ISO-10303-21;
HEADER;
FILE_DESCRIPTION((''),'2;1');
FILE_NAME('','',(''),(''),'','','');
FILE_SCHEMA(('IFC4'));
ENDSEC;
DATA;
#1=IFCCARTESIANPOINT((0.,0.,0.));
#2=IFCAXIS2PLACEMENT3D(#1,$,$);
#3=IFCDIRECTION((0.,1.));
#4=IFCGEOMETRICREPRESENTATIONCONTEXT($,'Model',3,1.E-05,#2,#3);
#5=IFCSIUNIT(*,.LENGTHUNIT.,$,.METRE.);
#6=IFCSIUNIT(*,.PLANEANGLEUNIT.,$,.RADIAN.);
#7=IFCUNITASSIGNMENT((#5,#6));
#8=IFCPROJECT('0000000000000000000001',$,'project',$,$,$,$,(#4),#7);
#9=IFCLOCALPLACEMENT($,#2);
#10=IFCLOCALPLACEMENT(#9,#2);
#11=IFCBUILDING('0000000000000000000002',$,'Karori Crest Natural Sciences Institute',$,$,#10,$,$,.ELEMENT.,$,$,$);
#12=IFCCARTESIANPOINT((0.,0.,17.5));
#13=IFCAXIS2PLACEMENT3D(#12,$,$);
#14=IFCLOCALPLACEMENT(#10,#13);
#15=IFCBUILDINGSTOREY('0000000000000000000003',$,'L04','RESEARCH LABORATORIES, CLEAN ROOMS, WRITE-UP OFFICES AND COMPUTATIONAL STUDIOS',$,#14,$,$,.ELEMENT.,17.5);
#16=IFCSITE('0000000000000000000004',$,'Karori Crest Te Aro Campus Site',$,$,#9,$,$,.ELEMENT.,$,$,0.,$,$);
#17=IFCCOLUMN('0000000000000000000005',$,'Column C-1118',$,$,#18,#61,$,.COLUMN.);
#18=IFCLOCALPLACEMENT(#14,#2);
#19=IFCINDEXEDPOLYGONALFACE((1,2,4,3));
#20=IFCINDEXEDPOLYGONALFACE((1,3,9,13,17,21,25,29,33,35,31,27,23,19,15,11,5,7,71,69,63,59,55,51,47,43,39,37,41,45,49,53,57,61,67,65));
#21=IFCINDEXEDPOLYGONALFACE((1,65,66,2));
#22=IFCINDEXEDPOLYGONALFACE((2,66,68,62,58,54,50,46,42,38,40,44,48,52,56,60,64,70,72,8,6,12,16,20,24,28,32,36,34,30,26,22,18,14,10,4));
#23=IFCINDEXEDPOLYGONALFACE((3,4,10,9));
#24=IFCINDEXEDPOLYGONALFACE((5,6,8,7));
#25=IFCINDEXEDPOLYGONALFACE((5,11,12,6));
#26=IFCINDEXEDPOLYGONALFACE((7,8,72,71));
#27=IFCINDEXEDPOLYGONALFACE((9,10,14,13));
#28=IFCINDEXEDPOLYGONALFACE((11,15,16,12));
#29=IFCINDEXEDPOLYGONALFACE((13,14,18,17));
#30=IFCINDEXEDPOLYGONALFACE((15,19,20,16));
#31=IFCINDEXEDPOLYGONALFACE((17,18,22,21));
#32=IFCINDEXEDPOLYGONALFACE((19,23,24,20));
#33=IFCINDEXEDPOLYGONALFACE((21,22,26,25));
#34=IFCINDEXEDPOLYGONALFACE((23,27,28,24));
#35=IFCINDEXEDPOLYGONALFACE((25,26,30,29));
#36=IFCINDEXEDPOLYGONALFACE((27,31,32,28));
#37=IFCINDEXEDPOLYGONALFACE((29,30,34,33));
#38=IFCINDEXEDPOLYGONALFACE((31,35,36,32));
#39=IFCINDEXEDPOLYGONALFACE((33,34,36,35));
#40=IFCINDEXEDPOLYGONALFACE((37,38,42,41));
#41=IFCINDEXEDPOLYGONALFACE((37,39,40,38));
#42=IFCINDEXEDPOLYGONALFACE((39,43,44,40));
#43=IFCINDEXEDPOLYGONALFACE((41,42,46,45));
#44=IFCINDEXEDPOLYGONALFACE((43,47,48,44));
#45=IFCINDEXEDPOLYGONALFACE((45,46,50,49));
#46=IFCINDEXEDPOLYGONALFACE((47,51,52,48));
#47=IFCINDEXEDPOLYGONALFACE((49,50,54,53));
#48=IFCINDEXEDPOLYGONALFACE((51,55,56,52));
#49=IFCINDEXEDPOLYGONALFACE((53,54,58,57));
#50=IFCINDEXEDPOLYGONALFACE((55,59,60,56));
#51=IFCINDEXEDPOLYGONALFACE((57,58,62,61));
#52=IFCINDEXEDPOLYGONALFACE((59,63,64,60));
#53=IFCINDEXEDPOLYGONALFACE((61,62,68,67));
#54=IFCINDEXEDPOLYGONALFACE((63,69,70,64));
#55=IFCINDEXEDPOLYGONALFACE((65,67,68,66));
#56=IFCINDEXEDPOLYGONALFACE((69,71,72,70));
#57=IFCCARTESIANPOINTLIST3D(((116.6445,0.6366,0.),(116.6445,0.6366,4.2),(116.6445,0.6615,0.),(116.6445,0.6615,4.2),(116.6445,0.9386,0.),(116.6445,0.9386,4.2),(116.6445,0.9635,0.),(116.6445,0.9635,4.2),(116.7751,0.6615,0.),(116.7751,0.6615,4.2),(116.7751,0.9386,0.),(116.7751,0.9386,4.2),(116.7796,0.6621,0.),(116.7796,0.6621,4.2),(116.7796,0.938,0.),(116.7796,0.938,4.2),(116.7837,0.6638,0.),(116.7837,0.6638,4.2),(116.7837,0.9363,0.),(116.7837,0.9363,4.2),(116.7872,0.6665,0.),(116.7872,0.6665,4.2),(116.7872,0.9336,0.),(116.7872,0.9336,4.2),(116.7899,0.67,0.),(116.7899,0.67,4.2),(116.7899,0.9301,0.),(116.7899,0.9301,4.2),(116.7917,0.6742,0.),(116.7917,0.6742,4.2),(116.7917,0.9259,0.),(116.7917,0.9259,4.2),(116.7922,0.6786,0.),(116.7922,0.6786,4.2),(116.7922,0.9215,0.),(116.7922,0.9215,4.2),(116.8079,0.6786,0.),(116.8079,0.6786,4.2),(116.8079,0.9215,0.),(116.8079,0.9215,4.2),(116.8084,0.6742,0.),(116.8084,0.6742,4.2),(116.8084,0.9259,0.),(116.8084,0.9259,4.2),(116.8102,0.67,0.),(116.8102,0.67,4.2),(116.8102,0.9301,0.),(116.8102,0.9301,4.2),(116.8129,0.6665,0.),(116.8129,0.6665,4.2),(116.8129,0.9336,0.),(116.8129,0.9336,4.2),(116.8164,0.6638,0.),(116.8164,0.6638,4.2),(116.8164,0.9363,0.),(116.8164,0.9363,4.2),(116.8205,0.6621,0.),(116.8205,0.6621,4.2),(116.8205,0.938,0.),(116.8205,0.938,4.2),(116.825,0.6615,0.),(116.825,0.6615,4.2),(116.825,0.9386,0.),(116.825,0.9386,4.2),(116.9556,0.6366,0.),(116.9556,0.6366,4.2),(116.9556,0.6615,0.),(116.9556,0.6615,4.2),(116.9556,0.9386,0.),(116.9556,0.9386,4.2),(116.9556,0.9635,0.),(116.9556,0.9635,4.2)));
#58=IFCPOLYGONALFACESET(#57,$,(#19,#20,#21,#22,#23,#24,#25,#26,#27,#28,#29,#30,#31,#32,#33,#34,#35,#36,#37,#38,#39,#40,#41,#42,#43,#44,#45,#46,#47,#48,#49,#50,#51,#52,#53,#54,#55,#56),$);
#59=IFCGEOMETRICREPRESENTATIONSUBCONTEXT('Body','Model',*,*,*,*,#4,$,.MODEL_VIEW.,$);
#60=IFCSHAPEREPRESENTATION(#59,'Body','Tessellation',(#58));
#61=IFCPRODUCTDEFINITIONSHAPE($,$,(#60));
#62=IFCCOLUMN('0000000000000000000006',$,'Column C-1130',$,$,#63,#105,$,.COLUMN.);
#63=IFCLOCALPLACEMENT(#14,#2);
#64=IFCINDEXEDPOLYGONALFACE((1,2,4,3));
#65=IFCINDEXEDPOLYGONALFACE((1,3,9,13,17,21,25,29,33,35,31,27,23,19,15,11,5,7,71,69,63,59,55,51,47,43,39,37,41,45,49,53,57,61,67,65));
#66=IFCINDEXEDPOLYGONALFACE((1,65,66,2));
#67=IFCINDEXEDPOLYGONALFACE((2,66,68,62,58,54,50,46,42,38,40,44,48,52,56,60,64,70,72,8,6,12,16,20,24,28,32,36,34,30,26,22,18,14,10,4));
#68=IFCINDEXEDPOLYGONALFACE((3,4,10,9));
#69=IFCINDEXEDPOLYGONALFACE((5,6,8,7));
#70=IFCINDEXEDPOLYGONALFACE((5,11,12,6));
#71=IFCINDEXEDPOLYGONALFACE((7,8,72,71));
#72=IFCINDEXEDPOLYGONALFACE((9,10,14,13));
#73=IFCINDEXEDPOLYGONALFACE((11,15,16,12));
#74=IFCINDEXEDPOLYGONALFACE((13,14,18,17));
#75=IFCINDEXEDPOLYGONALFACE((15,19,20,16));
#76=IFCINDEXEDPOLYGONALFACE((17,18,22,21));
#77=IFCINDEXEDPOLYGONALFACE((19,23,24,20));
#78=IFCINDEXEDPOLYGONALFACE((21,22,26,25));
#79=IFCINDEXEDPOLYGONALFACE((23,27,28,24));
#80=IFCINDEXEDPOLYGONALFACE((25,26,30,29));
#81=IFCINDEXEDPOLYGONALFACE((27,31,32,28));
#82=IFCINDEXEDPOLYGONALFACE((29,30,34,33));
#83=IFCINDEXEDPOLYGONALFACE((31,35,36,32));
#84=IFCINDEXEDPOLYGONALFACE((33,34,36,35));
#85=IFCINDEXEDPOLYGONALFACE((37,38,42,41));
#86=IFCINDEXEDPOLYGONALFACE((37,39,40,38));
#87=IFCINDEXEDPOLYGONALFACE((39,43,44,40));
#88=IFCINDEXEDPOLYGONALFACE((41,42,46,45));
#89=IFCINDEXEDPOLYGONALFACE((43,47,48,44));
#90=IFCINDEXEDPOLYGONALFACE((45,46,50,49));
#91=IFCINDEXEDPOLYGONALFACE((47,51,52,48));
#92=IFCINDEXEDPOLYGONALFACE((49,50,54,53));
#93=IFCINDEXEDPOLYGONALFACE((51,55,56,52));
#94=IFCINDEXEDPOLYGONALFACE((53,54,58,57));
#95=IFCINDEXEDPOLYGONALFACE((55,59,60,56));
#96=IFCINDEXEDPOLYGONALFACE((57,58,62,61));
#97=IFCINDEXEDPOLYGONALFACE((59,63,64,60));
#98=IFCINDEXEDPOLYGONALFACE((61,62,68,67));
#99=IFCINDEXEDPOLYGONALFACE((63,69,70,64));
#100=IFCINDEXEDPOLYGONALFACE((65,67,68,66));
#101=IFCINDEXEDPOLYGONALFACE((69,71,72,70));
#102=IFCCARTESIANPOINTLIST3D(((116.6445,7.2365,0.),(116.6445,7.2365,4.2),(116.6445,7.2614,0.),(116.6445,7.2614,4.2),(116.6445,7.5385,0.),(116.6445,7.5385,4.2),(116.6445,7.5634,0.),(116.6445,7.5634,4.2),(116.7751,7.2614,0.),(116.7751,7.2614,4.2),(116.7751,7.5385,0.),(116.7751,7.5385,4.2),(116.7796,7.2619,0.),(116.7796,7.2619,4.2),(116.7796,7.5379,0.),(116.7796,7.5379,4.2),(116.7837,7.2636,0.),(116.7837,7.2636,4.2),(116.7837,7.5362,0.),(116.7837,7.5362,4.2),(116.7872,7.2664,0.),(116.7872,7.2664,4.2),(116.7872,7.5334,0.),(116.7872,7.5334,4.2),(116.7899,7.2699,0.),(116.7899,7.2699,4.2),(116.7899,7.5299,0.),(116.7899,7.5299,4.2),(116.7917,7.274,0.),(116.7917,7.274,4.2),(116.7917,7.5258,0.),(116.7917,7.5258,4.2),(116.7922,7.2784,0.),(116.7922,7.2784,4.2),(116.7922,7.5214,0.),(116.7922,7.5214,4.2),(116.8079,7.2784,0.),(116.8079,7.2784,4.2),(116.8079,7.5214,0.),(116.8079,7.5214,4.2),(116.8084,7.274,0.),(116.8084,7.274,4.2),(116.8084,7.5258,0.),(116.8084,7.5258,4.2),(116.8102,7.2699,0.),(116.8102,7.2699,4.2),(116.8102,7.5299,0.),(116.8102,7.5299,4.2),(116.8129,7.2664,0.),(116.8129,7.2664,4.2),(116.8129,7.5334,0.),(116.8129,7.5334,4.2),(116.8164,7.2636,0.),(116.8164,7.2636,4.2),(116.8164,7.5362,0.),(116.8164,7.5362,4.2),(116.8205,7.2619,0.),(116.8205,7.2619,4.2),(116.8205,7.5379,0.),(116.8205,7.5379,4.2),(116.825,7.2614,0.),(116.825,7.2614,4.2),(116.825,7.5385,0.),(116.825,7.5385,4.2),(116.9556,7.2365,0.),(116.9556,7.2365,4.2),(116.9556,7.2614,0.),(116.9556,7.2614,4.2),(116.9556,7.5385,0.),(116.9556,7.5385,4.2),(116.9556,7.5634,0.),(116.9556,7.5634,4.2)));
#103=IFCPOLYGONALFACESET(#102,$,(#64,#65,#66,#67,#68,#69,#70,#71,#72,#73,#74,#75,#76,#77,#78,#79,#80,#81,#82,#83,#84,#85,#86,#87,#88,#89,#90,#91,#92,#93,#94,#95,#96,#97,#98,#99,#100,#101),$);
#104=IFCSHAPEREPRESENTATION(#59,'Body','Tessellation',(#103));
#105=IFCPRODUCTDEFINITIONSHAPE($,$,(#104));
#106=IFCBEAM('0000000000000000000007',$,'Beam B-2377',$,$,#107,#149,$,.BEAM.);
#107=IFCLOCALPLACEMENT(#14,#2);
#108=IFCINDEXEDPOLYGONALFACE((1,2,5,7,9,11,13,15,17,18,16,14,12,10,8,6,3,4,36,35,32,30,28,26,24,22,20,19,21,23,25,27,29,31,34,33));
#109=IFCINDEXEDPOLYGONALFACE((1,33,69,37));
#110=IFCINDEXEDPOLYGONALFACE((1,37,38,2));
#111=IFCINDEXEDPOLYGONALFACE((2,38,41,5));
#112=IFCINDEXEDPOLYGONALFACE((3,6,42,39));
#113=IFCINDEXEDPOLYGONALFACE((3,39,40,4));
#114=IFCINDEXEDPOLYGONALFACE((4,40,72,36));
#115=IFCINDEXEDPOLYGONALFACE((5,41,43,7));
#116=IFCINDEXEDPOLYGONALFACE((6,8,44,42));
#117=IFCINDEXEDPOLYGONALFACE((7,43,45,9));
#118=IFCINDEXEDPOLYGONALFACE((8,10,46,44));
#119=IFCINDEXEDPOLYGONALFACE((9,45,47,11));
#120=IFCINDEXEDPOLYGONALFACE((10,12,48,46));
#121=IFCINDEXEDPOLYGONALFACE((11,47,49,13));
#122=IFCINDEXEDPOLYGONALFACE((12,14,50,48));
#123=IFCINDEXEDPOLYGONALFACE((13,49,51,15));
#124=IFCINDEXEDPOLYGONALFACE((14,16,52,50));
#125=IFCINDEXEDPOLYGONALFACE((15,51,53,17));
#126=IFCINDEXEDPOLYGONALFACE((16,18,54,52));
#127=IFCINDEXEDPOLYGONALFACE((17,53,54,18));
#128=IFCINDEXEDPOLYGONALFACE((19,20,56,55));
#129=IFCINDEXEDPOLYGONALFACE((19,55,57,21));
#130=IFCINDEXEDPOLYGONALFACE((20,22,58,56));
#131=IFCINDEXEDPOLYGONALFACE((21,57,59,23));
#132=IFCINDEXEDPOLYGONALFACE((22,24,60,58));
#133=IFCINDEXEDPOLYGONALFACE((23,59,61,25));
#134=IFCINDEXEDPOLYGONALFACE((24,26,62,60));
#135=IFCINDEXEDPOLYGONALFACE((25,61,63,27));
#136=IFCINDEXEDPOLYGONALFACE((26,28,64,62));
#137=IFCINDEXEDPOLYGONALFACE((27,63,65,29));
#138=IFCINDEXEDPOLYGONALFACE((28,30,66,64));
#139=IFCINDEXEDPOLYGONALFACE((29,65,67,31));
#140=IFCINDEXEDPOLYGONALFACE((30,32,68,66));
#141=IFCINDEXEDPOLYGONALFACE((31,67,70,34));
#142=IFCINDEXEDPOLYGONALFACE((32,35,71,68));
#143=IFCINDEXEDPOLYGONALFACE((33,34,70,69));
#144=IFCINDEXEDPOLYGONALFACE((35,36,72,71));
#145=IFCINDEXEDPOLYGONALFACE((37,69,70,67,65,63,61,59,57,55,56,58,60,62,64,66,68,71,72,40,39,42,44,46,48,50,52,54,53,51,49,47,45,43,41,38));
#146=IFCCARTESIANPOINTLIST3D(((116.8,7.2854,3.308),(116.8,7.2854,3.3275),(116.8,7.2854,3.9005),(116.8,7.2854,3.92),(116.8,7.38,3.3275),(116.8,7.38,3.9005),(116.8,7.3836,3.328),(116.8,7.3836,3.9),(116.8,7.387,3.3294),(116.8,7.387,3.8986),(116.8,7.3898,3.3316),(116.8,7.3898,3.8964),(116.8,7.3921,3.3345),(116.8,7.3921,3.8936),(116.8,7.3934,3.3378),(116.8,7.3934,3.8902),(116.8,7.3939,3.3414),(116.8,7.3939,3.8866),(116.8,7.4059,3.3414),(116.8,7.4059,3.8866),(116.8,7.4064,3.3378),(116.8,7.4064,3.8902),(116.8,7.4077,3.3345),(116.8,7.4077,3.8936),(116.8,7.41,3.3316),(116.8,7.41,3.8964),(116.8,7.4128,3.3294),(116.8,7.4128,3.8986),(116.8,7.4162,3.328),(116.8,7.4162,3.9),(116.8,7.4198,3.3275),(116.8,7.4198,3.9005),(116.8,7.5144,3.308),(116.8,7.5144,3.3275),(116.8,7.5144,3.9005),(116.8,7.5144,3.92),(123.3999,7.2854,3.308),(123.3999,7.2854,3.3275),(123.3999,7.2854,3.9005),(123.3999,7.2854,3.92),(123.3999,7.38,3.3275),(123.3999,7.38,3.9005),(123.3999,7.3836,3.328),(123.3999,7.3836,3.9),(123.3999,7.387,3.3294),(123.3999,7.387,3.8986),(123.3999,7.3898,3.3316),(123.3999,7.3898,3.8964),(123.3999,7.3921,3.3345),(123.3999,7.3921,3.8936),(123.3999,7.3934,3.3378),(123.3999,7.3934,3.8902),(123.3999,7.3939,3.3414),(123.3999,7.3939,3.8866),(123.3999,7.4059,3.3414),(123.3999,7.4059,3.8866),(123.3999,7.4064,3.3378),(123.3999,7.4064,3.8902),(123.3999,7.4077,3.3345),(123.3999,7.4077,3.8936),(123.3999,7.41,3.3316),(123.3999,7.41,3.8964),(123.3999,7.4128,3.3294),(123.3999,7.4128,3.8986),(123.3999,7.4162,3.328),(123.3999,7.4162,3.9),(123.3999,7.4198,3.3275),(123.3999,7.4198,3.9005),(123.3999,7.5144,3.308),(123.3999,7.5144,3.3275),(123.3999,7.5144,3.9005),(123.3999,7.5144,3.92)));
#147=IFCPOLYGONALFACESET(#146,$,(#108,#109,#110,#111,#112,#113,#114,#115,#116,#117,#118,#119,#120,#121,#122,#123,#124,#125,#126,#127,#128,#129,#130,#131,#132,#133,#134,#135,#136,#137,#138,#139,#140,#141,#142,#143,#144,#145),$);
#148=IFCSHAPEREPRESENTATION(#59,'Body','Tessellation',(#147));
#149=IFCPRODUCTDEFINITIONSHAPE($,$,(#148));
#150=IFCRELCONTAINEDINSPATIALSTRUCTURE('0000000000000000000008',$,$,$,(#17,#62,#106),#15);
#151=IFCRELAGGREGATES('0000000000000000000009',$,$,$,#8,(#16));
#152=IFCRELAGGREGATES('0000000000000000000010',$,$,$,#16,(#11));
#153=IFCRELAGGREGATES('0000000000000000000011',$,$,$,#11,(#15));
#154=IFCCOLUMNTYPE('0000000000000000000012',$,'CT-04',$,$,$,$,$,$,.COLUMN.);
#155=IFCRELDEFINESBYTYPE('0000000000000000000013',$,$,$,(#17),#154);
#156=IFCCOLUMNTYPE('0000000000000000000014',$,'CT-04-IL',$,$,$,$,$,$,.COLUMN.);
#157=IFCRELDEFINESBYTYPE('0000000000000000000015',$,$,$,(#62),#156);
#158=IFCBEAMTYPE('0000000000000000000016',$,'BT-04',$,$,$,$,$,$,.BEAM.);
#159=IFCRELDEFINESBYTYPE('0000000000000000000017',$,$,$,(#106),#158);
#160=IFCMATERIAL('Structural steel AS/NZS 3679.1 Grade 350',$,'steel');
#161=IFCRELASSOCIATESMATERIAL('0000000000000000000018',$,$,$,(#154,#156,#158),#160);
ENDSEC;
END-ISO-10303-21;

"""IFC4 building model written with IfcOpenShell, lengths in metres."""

from ifc_helpers import new_model, si_unit, direction, frame, origin, origin_2d, place, context, subcontext, project, spatial, i_section, extrude, material, material_profile, profile_set, type_object, element, save


model = new_model("IFC4")

# Units and contexts
model_context = context("Model", 3, precision=1e-05, world=origin(), true_north=direction((0.0, 1.0)))
body_context = subcontext(model_context, "Body", "Model", "MODEL_VIEW")
ifc_project = project(units=[si_unit("LENGTHUNIT", "METRE"), si_unit("PLANEANGLEUNIT", "RADIAN")], contexts=[model_context])

# Site, building, storey
site_placement = place(None, origin())
site = spatial("IfcSite", under=ifc_project, at=site_placement, Name="Karori Crest Te Aro Campus Site", CompositionType="ELEMENT", RefElevation=0.0)
building_placement = place(site_placement, origin())
building = spatial("IfcBuilding", under=site, at=building_placement, Name="Karori Crest Natural Sciences Institute", CompositionType="ELEMENT")
storey_placement = place(building_placement, frame((0.0, 0.0, 17.5)))
storey = spatial("IfcBuildingStorey", under=building, at=storey_placement, Name="L04", Description="RESEARCH LABORATORIES, CLEAN ROOMS, WRITE-UP OFFICES AND COMPUTATIONAL STUDIOS", CompositionType="ELEMENT", Elevation=17.5)

# Columns
ifc_material_1 = material(Name="Structural steel AS/NZS 3679.1 Grade 350", Category="steel")
ifc_material_profile_1 = material_profile(ifc_material_1, i_section(OverallWidth=0.311, OverallDepth=0.3269, WebThickness=0.0156, FlangeThickness=0.0249, FilletRadius=0.0171, at=origin_2d()), Name="310UC158")
ifc_profile_set_1 = profile_set([ifc_material_profile_1], Name="Structural steel AS/NZS 3679.1 Grade 350")
column_type_1 = type_object("IfcColumnType", Name="CT-04", PredefinedType="COLUMN", material=ifc_profile_set_1)
column_1_placement = place(storey_placement, frame((116.8, 0.8, 0.0), z_axis=(0.0, 0.0, 1.0), x_axis=(1.0, 0.0, 0.0)))
element("IfcColumn", 1, at=column_1_placement, inside=storey, type_object=column_type_1, Name="Column C-1118", PredefinedType="COLUMN", context=body_context, shape_type="SweptSolid", body=[
    extrude(i_section(OverallWidth=0.311, OverallDepth=0.3269, WebThickness=0.0156, FlangeThickness=0.0249, FilletRadius=0.0171, at=origin_2d()), origin(), (0.0, 0.0, 1.0), 4.2),
])
ifc_material_profile_2 = material_profile(ifc_material_1, i_section(OverallWidth=0.311, OverallDepth=0.3269, WebThickness=0.0156, FlangeThickness=0.0249, FilletRadius=0.0171, at=origin_2d()), Name="310UC158")
ifc_profile_set_2 = profile_set([ifc_material_profile_2], Name="Structural steel AS/NZS 3679.1 Grade 350")
column_type_2 = type_object("IfcColumnType", Name="CT-04-IL", PredefinedType="COLUMN", material=ifc_profile_set_2)
column_2_placement = place(storey_placement, frame((116.8, 7.3999, 0.0), z_axis=(0.0, 0.0, 1.0), x_axis=(1.0, 0.0, 0.0)))
element("IfcColumn", 2, at=column_2_placement, inside=storey, type_object=column_type_2, Name="Column C-1130", PredefinedType="COLUMN", context=body_context, shape_type="SweptSolid", body=[
    extrude(i_section(OverallWidth=0.311, OverallDepth=0.3269, WebThickness=0.0156, FlangeThickness=0.0249, FilletRadius=0.0171, at=origin_2d()), origin(), (0.0, 0.0, 1.0), 4.2),
])

# Beam
ifc_material_profile_3 = material_profile(ifc_material_1, i_section(OverallWidth=0.229, OverallDepth=0.6121, WebThickness=0.012, FlangeThickness=0.0195, FilletRadius=0.0139, at=origin_2d()), Name="610UB125")
ifc_profile_set_3 = profile_set([ifc_material_profile_3], Name="Structural steel AS/NZS 3679.1 Grade 350")
beam_type_1 = type_object("IfcBeamType", Name="BT-04", PredefinedType="BEAM", material=ifc_profile_set_3)
beam_1_placement = place(storey_placement, frame((116.8, 7.3999, 3.614), z_axis=(1.0, 0.0, 0.0), x_axis=(0.0, 1.0, 0.0)))
element("IfcBeam", 3, at=beam_1_placement, inside=storey, type_object=beam_type_1, Name="Beam B-2377", PredefinedType="BEAM", context=body_context, shape_type="SweptSolid", body=[
    extrude(i_section(OverallWidth=0.229, OverallDepth=0.6121, WebThickness=0.012, FlangeThickness=0.0195, FilletRadius=0.0139, at=origin_2d()), origin(), (0.0, 0.0, 1.0), 6.5999),
])

save(model, "model.ifc")
